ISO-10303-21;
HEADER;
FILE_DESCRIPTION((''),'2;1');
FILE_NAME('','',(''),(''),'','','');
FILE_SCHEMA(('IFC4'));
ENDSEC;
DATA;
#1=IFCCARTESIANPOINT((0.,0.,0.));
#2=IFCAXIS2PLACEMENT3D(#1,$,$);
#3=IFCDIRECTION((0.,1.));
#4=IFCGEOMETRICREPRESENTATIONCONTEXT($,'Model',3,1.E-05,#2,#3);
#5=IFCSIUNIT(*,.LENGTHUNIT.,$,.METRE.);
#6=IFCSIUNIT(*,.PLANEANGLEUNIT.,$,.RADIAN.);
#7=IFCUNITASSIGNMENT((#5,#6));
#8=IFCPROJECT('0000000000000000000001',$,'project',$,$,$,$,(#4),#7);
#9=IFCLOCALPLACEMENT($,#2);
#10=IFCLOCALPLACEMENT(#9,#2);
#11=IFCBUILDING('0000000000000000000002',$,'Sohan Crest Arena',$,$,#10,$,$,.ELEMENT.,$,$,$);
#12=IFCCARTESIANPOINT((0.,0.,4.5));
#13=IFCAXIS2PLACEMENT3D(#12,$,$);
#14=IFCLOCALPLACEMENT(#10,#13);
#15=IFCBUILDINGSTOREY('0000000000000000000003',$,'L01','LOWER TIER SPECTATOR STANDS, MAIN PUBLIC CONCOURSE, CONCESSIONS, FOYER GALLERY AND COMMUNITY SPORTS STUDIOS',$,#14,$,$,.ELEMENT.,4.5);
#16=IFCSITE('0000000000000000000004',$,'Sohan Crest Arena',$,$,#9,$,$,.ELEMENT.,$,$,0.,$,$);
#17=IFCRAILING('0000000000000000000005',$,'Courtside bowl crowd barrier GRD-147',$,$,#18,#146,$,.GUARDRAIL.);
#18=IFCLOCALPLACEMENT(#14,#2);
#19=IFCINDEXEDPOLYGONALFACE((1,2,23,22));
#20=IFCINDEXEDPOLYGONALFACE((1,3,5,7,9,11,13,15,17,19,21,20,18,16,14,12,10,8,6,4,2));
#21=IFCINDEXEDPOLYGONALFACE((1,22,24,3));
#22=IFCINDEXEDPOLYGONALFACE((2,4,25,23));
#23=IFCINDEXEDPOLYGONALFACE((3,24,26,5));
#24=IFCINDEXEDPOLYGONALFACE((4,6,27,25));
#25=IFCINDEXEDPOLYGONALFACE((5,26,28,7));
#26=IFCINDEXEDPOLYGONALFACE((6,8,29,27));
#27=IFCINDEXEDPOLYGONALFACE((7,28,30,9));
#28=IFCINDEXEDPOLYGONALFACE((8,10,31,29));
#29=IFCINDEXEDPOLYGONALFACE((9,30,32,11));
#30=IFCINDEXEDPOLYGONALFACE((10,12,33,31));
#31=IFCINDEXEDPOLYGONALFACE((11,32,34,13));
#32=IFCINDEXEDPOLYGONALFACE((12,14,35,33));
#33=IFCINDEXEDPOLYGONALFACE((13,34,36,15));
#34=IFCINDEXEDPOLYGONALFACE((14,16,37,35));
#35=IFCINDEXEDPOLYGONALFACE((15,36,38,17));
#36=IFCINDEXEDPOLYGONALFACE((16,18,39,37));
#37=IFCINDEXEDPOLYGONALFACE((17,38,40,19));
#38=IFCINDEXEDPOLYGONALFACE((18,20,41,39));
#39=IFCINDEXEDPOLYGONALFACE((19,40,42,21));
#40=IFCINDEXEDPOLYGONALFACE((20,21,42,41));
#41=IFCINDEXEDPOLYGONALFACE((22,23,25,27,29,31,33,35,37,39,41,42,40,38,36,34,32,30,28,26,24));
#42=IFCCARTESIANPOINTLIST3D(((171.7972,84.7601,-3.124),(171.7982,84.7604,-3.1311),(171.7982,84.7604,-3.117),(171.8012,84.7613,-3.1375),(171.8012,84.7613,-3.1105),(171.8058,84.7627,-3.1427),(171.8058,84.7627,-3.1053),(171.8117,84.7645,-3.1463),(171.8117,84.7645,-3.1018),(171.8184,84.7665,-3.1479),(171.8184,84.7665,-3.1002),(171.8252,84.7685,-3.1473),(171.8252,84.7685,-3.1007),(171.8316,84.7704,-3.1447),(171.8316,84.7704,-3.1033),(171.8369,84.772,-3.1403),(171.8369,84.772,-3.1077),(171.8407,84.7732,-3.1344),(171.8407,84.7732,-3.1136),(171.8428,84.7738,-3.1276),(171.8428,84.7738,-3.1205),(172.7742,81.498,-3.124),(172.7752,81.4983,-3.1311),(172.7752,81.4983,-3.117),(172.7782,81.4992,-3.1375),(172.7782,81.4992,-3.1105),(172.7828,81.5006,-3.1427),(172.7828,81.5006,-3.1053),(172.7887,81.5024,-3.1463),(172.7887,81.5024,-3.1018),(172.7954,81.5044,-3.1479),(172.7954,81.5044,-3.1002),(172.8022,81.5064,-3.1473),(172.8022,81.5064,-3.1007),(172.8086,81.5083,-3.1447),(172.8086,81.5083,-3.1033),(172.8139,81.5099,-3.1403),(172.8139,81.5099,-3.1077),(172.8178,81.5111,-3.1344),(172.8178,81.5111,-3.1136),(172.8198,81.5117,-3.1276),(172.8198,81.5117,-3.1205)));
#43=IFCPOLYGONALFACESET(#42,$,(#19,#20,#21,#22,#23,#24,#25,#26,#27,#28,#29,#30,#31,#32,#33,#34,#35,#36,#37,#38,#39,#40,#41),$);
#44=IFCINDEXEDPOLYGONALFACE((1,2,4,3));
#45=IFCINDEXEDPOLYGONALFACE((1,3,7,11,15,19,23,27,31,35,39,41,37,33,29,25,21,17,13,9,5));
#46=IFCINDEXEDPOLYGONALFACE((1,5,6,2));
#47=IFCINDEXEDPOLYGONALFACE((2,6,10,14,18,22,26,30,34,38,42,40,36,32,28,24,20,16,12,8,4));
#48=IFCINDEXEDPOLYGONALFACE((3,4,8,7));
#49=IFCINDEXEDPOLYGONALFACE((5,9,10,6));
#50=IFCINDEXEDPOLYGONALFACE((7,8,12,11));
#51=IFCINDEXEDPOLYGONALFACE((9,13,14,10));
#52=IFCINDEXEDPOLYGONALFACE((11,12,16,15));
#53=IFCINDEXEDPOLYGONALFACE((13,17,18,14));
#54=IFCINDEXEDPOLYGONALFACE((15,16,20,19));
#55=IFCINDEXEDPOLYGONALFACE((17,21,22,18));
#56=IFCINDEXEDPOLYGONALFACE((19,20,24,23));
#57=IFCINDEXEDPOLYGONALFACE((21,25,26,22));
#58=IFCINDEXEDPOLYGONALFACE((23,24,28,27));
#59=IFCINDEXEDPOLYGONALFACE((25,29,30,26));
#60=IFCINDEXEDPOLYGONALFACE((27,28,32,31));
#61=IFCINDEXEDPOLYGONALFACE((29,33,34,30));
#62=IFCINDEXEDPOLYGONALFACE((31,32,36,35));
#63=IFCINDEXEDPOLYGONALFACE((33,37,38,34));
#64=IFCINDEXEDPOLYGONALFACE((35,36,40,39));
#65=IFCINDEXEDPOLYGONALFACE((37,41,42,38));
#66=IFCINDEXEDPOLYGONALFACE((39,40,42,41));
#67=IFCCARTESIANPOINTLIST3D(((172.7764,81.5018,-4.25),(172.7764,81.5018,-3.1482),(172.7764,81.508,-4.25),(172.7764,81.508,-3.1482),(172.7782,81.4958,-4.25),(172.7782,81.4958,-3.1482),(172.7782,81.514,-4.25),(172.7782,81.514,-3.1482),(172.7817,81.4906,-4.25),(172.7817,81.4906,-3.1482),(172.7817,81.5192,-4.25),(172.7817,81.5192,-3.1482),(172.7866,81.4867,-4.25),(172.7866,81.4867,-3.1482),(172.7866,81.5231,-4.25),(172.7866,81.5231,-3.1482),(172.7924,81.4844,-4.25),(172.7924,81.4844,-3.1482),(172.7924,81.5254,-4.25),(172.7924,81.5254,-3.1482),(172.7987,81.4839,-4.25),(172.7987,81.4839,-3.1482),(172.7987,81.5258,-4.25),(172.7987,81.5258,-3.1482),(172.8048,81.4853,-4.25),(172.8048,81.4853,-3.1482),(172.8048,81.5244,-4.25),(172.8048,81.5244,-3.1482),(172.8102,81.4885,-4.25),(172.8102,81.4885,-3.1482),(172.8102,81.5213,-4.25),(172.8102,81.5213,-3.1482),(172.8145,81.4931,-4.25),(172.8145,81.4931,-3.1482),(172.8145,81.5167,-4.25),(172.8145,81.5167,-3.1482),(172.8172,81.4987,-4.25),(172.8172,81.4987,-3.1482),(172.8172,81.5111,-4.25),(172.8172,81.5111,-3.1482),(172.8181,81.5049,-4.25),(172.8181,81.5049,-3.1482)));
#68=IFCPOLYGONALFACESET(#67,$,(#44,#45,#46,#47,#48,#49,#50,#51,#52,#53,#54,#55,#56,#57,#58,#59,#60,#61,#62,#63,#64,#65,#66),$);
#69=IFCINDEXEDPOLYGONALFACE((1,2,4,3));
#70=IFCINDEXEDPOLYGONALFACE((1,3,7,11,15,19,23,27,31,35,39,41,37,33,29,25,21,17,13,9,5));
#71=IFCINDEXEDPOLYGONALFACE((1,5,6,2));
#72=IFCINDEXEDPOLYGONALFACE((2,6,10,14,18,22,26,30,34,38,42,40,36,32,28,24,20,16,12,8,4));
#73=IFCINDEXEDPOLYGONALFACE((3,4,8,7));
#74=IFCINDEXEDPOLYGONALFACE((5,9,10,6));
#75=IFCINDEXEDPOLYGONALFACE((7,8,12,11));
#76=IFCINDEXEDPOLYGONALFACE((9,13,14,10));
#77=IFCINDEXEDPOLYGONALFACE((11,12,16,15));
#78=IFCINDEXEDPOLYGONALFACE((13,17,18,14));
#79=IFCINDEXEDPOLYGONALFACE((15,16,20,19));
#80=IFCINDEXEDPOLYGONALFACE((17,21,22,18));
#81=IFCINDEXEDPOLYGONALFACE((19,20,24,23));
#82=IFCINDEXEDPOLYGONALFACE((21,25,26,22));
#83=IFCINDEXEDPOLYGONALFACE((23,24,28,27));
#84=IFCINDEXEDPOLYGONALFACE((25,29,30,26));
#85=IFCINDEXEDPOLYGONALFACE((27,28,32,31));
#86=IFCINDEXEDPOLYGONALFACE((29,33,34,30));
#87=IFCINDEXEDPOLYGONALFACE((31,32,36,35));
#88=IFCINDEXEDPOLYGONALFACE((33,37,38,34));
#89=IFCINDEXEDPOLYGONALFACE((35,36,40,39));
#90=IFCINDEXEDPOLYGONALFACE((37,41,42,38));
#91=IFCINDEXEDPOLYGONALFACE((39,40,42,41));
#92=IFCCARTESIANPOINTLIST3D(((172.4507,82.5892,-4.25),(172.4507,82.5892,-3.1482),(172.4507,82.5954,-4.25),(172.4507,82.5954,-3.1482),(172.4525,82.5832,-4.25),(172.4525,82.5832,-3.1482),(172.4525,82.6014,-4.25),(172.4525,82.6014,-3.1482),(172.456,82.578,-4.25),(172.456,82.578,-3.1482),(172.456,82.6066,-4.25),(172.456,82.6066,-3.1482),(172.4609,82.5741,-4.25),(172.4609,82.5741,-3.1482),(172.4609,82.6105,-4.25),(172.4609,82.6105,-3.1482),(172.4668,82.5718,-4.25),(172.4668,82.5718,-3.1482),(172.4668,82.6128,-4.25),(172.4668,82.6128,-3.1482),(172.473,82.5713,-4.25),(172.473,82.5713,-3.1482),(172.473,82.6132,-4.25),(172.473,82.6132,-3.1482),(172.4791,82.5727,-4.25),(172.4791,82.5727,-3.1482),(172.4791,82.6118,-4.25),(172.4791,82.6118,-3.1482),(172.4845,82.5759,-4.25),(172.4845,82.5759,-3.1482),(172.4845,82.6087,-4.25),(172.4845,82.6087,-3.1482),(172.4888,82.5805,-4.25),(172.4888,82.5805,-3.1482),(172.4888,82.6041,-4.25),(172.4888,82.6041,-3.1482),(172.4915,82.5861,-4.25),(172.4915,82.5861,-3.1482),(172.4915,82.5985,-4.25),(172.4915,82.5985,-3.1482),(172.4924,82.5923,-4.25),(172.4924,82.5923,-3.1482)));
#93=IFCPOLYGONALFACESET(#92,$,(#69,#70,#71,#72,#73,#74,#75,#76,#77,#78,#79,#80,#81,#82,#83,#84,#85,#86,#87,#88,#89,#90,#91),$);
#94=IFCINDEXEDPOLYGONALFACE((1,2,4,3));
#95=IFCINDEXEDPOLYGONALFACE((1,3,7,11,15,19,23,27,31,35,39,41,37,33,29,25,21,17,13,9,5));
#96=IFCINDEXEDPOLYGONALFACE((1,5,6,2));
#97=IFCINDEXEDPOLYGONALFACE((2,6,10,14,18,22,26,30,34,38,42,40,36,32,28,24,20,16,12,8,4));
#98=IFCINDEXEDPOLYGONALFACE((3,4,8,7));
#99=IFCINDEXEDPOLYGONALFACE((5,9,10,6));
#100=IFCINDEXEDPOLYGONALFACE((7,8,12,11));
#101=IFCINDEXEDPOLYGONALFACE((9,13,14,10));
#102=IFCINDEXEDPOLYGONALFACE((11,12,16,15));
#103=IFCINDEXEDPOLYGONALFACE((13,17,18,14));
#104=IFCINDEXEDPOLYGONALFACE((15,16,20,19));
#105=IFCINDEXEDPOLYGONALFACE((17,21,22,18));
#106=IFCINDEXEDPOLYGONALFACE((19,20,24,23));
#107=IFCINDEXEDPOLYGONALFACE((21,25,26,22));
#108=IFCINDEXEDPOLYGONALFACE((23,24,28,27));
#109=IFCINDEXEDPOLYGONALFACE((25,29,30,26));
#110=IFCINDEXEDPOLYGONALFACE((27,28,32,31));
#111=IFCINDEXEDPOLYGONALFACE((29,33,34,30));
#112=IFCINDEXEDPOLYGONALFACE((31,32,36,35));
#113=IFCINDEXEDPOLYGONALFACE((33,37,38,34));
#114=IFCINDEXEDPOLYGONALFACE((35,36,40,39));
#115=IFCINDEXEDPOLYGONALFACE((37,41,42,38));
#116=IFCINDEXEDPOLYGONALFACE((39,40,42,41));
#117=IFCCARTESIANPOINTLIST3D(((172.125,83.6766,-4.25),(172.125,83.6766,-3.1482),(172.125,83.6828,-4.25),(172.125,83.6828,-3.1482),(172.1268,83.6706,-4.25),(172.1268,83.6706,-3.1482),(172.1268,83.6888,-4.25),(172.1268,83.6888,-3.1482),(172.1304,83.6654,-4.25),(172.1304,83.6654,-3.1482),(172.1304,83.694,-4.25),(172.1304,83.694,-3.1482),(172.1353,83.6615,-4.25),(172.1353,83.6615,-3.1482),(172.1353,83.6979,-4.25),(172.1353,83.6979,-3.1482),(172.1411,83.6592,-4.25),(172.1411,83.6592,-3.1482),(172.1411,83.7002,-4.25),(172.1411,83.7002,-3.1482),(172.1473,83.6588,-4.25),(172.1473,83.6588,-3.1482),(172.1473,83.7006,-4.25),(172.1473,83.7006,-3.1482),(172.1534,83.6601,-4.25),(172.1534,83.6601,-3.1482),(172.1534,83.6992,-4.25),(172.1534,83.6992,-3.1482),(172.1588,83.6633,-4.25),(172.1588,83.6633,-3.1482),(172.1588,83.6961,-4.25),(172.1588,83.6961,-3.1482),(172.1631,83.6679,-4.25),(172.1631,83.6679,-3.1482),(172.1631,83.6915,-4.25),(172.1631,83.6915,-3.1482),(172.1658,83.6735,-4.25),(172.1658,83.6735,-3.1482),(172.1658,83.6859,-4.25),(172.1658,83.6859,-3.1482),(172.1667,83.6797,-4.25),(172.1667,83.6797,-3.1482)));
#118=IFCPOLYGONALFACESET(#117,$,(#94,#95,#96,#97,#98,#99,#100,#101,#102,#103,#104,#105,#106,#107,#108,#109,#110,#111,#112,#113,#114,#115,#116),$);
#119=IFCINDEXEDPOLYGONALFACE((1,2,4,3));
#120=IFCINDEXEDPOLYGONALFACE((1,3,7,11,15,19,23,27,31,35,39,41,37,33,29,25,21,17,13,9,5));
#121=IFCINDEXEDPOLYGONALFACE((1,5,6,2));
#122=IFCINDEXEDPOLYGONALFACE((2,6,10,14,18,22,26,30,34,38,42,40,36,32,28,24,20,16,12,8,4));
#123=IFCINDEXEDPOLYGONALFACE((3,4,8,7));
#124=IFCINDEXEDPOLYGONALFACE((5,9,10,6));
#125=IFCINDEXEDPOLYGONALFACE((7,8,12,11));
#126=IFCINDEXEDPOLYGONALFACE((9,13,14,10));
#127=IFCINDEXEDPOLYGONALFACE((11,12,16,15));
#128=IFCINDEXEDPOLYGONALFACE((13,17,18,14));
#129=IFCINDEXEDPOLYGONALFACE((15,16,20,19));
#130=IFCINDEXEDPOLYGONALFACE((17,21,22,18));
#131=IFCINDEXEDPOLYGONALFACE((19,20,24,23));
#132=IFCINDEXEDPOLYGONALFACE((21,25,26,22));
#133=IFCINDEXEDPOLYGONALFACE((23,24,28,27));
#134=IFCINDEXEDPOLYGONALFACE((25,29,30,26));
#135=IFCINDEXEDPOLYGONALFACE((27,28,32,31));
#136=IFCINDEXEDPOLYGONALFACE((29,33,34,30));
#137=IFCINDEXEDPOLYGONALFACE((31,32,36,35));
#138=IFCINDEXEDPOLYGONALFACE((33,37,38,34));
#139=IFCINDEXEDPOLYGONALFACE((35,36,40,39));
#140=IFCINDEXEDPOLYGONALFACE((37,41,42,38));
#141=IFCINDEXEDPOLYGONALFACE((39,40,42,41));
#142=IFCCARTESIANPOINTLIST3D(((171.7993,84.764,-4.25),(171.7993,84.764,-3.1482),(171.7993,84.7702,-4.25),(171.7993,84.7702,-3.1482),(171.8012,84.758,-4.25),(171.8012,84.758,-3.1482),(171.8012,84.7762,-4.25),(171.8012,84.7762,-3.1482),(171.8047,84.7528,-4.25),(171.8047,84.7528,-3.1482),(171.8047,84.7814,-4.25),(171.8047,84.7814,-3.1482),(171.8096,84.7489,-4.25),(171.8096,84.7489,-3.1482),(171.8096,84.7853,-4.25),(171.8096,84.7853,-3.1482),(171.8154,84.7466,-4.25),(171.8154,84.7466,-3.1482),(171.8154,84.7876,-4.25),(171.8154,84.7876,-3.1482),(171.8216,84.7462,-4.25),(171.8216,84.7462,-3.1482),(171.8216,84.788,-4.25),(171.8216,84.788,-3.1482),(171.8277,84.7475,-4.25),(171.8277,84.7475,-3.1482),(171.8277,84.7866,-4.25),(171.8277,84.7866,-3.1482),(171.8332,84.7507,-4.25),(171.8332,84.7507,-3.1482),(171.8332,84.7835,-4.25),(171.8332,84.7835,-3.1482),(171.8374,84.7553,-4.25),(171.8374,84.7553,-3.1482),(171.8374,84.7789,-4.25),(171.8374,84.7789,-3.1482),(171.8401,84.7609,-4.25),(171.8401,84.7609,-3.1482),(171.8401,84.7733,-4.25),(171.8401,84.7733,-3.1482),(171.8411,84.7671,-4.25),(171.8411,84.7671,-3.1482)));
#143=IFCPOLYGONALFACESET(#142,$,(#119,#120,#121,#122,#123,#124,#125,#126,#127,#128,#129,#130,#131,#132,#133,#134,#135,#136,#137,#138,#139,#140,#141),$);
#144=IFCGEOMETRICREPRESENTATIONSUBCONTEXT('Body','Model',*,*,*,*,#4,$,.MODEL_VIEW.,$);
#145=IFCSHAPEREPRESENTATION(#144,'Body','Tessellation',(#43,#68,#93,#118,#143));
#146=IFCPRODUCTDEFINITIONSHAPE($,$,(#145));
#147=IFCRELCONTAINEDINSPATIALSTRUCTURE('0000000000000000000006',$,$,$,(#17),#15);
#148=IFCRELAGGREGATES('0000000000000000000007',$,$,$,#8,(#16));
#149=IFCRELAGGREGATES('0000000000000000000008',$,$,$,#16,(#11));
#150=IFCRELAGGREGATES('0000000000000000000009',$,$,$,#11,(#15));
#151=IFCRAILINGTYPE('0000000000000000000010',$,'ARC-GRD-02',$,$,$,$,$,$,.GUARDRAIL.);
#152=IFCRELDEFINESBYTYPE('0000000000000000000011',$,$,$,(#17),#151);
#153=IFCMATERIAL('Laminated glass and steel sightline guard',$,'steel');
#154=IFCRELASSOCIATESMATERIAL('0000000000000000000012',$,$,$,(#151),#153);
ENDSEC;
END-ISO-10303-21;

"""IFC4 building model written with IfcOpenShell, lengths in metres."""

from ifc_helpers import new_model, si_unit, direction, frame, origin, origin_2d, place, context, subcontext, project, spatial, circle, extrude, material, type_object, element, save


model = new_model("IFC4")

# Units and contexts
model_context = context("Model", 3, precision=1e-05, world=origin(), true_north=direction((0.0, 1.0)))
body_context = subcontext(model_context, "Body", "Model", "MODEL_VIEW")
ifc_project = project(units=[si_unit("LENGTHUNIT", "METRE"), si_unit("PLANEANGLEUNIT", "RADIAN")], contexts=[model_context])

# Site, building, storey
site_placement = place(None, origin())
site = spatial("IfcSite", under=ifc_project, at=site_placement, Name="Sohan Crest Arena", CompositionType="ELEMENT", RefElevation=0.0)
building_placement = place(site_placement, origin())
building = spatial("IfcBuilding", under=site, at=building_placement, Name="Sohan Crest Arena", CompositionType="ELEMENT")
storey_placement = place(building_placement, frame((0.0, 0.0, 4.5)))
storey = spatial("IfcBuildingStorey", under=building, at=storey_placement, Name="L01", Description="LOWER TIER SPECTATOR STANDS, MAIN PUBLIC CONCOURSE, CONCESSIONS, FOYER GALLERY AND COMMUNITY SPORTS STUDIOS", CompositionType="ELEMENT", Elevation=4.5)

# Railing
ifc_material_1 = material(Name="Laminated glass and steel sightline guard", Category="steel")
railing_type = type_object("IfcRailingType", Name="ARC-GRD-02", PredefinedType="GUARDRAIL", material=ifc_material_1)
railing_1_placement = place(storey_placement, frame((172.7971, 81.5049, -4.25)))
element("IfcRailing", 1, at=railing_1_placement, inside=storey, type_object=railing_type, Name="Courtside bowl crowd barrier GRD-147", PredefinedType="GUARDRAIL", context=body_context, shape_type="SweptSolid", body=[
    extrude(circle(Radius=0.0239, at=origin_2d()), frame((0.0, 0.0, 1.126), z_axis=(-0.286914, 0.957956, 0.0), x_axis=(-0.957956, -0.286914, 0.0)), (0.0, 0.0, 1.0), 3.4053),
    extrude(circle(Radius=0.021, at=origin_2d()), origin(), (0.0, 0.0, 1.0), 1.1018),
    extrude(circle(Radius=0.021, at=origin_2d()), frame((-0.3257, 1.0874, 0.0)), (0.0, 0.0, 1.0), 1.1018),
    extrude(circle(Radius=0.021, at=origin_2d()), frame((-0.6514, 2.1748, 0.0)), (0.0, 0.0, 1.0), 1.1018),
    extrude(circle(Radius=0.021, at=origin_2d()), frame((-0.9771, 3.2622, 0.0)), (0.0, 0.0, 1.0), 1.1018),
])

save(model, "model.ifc")
